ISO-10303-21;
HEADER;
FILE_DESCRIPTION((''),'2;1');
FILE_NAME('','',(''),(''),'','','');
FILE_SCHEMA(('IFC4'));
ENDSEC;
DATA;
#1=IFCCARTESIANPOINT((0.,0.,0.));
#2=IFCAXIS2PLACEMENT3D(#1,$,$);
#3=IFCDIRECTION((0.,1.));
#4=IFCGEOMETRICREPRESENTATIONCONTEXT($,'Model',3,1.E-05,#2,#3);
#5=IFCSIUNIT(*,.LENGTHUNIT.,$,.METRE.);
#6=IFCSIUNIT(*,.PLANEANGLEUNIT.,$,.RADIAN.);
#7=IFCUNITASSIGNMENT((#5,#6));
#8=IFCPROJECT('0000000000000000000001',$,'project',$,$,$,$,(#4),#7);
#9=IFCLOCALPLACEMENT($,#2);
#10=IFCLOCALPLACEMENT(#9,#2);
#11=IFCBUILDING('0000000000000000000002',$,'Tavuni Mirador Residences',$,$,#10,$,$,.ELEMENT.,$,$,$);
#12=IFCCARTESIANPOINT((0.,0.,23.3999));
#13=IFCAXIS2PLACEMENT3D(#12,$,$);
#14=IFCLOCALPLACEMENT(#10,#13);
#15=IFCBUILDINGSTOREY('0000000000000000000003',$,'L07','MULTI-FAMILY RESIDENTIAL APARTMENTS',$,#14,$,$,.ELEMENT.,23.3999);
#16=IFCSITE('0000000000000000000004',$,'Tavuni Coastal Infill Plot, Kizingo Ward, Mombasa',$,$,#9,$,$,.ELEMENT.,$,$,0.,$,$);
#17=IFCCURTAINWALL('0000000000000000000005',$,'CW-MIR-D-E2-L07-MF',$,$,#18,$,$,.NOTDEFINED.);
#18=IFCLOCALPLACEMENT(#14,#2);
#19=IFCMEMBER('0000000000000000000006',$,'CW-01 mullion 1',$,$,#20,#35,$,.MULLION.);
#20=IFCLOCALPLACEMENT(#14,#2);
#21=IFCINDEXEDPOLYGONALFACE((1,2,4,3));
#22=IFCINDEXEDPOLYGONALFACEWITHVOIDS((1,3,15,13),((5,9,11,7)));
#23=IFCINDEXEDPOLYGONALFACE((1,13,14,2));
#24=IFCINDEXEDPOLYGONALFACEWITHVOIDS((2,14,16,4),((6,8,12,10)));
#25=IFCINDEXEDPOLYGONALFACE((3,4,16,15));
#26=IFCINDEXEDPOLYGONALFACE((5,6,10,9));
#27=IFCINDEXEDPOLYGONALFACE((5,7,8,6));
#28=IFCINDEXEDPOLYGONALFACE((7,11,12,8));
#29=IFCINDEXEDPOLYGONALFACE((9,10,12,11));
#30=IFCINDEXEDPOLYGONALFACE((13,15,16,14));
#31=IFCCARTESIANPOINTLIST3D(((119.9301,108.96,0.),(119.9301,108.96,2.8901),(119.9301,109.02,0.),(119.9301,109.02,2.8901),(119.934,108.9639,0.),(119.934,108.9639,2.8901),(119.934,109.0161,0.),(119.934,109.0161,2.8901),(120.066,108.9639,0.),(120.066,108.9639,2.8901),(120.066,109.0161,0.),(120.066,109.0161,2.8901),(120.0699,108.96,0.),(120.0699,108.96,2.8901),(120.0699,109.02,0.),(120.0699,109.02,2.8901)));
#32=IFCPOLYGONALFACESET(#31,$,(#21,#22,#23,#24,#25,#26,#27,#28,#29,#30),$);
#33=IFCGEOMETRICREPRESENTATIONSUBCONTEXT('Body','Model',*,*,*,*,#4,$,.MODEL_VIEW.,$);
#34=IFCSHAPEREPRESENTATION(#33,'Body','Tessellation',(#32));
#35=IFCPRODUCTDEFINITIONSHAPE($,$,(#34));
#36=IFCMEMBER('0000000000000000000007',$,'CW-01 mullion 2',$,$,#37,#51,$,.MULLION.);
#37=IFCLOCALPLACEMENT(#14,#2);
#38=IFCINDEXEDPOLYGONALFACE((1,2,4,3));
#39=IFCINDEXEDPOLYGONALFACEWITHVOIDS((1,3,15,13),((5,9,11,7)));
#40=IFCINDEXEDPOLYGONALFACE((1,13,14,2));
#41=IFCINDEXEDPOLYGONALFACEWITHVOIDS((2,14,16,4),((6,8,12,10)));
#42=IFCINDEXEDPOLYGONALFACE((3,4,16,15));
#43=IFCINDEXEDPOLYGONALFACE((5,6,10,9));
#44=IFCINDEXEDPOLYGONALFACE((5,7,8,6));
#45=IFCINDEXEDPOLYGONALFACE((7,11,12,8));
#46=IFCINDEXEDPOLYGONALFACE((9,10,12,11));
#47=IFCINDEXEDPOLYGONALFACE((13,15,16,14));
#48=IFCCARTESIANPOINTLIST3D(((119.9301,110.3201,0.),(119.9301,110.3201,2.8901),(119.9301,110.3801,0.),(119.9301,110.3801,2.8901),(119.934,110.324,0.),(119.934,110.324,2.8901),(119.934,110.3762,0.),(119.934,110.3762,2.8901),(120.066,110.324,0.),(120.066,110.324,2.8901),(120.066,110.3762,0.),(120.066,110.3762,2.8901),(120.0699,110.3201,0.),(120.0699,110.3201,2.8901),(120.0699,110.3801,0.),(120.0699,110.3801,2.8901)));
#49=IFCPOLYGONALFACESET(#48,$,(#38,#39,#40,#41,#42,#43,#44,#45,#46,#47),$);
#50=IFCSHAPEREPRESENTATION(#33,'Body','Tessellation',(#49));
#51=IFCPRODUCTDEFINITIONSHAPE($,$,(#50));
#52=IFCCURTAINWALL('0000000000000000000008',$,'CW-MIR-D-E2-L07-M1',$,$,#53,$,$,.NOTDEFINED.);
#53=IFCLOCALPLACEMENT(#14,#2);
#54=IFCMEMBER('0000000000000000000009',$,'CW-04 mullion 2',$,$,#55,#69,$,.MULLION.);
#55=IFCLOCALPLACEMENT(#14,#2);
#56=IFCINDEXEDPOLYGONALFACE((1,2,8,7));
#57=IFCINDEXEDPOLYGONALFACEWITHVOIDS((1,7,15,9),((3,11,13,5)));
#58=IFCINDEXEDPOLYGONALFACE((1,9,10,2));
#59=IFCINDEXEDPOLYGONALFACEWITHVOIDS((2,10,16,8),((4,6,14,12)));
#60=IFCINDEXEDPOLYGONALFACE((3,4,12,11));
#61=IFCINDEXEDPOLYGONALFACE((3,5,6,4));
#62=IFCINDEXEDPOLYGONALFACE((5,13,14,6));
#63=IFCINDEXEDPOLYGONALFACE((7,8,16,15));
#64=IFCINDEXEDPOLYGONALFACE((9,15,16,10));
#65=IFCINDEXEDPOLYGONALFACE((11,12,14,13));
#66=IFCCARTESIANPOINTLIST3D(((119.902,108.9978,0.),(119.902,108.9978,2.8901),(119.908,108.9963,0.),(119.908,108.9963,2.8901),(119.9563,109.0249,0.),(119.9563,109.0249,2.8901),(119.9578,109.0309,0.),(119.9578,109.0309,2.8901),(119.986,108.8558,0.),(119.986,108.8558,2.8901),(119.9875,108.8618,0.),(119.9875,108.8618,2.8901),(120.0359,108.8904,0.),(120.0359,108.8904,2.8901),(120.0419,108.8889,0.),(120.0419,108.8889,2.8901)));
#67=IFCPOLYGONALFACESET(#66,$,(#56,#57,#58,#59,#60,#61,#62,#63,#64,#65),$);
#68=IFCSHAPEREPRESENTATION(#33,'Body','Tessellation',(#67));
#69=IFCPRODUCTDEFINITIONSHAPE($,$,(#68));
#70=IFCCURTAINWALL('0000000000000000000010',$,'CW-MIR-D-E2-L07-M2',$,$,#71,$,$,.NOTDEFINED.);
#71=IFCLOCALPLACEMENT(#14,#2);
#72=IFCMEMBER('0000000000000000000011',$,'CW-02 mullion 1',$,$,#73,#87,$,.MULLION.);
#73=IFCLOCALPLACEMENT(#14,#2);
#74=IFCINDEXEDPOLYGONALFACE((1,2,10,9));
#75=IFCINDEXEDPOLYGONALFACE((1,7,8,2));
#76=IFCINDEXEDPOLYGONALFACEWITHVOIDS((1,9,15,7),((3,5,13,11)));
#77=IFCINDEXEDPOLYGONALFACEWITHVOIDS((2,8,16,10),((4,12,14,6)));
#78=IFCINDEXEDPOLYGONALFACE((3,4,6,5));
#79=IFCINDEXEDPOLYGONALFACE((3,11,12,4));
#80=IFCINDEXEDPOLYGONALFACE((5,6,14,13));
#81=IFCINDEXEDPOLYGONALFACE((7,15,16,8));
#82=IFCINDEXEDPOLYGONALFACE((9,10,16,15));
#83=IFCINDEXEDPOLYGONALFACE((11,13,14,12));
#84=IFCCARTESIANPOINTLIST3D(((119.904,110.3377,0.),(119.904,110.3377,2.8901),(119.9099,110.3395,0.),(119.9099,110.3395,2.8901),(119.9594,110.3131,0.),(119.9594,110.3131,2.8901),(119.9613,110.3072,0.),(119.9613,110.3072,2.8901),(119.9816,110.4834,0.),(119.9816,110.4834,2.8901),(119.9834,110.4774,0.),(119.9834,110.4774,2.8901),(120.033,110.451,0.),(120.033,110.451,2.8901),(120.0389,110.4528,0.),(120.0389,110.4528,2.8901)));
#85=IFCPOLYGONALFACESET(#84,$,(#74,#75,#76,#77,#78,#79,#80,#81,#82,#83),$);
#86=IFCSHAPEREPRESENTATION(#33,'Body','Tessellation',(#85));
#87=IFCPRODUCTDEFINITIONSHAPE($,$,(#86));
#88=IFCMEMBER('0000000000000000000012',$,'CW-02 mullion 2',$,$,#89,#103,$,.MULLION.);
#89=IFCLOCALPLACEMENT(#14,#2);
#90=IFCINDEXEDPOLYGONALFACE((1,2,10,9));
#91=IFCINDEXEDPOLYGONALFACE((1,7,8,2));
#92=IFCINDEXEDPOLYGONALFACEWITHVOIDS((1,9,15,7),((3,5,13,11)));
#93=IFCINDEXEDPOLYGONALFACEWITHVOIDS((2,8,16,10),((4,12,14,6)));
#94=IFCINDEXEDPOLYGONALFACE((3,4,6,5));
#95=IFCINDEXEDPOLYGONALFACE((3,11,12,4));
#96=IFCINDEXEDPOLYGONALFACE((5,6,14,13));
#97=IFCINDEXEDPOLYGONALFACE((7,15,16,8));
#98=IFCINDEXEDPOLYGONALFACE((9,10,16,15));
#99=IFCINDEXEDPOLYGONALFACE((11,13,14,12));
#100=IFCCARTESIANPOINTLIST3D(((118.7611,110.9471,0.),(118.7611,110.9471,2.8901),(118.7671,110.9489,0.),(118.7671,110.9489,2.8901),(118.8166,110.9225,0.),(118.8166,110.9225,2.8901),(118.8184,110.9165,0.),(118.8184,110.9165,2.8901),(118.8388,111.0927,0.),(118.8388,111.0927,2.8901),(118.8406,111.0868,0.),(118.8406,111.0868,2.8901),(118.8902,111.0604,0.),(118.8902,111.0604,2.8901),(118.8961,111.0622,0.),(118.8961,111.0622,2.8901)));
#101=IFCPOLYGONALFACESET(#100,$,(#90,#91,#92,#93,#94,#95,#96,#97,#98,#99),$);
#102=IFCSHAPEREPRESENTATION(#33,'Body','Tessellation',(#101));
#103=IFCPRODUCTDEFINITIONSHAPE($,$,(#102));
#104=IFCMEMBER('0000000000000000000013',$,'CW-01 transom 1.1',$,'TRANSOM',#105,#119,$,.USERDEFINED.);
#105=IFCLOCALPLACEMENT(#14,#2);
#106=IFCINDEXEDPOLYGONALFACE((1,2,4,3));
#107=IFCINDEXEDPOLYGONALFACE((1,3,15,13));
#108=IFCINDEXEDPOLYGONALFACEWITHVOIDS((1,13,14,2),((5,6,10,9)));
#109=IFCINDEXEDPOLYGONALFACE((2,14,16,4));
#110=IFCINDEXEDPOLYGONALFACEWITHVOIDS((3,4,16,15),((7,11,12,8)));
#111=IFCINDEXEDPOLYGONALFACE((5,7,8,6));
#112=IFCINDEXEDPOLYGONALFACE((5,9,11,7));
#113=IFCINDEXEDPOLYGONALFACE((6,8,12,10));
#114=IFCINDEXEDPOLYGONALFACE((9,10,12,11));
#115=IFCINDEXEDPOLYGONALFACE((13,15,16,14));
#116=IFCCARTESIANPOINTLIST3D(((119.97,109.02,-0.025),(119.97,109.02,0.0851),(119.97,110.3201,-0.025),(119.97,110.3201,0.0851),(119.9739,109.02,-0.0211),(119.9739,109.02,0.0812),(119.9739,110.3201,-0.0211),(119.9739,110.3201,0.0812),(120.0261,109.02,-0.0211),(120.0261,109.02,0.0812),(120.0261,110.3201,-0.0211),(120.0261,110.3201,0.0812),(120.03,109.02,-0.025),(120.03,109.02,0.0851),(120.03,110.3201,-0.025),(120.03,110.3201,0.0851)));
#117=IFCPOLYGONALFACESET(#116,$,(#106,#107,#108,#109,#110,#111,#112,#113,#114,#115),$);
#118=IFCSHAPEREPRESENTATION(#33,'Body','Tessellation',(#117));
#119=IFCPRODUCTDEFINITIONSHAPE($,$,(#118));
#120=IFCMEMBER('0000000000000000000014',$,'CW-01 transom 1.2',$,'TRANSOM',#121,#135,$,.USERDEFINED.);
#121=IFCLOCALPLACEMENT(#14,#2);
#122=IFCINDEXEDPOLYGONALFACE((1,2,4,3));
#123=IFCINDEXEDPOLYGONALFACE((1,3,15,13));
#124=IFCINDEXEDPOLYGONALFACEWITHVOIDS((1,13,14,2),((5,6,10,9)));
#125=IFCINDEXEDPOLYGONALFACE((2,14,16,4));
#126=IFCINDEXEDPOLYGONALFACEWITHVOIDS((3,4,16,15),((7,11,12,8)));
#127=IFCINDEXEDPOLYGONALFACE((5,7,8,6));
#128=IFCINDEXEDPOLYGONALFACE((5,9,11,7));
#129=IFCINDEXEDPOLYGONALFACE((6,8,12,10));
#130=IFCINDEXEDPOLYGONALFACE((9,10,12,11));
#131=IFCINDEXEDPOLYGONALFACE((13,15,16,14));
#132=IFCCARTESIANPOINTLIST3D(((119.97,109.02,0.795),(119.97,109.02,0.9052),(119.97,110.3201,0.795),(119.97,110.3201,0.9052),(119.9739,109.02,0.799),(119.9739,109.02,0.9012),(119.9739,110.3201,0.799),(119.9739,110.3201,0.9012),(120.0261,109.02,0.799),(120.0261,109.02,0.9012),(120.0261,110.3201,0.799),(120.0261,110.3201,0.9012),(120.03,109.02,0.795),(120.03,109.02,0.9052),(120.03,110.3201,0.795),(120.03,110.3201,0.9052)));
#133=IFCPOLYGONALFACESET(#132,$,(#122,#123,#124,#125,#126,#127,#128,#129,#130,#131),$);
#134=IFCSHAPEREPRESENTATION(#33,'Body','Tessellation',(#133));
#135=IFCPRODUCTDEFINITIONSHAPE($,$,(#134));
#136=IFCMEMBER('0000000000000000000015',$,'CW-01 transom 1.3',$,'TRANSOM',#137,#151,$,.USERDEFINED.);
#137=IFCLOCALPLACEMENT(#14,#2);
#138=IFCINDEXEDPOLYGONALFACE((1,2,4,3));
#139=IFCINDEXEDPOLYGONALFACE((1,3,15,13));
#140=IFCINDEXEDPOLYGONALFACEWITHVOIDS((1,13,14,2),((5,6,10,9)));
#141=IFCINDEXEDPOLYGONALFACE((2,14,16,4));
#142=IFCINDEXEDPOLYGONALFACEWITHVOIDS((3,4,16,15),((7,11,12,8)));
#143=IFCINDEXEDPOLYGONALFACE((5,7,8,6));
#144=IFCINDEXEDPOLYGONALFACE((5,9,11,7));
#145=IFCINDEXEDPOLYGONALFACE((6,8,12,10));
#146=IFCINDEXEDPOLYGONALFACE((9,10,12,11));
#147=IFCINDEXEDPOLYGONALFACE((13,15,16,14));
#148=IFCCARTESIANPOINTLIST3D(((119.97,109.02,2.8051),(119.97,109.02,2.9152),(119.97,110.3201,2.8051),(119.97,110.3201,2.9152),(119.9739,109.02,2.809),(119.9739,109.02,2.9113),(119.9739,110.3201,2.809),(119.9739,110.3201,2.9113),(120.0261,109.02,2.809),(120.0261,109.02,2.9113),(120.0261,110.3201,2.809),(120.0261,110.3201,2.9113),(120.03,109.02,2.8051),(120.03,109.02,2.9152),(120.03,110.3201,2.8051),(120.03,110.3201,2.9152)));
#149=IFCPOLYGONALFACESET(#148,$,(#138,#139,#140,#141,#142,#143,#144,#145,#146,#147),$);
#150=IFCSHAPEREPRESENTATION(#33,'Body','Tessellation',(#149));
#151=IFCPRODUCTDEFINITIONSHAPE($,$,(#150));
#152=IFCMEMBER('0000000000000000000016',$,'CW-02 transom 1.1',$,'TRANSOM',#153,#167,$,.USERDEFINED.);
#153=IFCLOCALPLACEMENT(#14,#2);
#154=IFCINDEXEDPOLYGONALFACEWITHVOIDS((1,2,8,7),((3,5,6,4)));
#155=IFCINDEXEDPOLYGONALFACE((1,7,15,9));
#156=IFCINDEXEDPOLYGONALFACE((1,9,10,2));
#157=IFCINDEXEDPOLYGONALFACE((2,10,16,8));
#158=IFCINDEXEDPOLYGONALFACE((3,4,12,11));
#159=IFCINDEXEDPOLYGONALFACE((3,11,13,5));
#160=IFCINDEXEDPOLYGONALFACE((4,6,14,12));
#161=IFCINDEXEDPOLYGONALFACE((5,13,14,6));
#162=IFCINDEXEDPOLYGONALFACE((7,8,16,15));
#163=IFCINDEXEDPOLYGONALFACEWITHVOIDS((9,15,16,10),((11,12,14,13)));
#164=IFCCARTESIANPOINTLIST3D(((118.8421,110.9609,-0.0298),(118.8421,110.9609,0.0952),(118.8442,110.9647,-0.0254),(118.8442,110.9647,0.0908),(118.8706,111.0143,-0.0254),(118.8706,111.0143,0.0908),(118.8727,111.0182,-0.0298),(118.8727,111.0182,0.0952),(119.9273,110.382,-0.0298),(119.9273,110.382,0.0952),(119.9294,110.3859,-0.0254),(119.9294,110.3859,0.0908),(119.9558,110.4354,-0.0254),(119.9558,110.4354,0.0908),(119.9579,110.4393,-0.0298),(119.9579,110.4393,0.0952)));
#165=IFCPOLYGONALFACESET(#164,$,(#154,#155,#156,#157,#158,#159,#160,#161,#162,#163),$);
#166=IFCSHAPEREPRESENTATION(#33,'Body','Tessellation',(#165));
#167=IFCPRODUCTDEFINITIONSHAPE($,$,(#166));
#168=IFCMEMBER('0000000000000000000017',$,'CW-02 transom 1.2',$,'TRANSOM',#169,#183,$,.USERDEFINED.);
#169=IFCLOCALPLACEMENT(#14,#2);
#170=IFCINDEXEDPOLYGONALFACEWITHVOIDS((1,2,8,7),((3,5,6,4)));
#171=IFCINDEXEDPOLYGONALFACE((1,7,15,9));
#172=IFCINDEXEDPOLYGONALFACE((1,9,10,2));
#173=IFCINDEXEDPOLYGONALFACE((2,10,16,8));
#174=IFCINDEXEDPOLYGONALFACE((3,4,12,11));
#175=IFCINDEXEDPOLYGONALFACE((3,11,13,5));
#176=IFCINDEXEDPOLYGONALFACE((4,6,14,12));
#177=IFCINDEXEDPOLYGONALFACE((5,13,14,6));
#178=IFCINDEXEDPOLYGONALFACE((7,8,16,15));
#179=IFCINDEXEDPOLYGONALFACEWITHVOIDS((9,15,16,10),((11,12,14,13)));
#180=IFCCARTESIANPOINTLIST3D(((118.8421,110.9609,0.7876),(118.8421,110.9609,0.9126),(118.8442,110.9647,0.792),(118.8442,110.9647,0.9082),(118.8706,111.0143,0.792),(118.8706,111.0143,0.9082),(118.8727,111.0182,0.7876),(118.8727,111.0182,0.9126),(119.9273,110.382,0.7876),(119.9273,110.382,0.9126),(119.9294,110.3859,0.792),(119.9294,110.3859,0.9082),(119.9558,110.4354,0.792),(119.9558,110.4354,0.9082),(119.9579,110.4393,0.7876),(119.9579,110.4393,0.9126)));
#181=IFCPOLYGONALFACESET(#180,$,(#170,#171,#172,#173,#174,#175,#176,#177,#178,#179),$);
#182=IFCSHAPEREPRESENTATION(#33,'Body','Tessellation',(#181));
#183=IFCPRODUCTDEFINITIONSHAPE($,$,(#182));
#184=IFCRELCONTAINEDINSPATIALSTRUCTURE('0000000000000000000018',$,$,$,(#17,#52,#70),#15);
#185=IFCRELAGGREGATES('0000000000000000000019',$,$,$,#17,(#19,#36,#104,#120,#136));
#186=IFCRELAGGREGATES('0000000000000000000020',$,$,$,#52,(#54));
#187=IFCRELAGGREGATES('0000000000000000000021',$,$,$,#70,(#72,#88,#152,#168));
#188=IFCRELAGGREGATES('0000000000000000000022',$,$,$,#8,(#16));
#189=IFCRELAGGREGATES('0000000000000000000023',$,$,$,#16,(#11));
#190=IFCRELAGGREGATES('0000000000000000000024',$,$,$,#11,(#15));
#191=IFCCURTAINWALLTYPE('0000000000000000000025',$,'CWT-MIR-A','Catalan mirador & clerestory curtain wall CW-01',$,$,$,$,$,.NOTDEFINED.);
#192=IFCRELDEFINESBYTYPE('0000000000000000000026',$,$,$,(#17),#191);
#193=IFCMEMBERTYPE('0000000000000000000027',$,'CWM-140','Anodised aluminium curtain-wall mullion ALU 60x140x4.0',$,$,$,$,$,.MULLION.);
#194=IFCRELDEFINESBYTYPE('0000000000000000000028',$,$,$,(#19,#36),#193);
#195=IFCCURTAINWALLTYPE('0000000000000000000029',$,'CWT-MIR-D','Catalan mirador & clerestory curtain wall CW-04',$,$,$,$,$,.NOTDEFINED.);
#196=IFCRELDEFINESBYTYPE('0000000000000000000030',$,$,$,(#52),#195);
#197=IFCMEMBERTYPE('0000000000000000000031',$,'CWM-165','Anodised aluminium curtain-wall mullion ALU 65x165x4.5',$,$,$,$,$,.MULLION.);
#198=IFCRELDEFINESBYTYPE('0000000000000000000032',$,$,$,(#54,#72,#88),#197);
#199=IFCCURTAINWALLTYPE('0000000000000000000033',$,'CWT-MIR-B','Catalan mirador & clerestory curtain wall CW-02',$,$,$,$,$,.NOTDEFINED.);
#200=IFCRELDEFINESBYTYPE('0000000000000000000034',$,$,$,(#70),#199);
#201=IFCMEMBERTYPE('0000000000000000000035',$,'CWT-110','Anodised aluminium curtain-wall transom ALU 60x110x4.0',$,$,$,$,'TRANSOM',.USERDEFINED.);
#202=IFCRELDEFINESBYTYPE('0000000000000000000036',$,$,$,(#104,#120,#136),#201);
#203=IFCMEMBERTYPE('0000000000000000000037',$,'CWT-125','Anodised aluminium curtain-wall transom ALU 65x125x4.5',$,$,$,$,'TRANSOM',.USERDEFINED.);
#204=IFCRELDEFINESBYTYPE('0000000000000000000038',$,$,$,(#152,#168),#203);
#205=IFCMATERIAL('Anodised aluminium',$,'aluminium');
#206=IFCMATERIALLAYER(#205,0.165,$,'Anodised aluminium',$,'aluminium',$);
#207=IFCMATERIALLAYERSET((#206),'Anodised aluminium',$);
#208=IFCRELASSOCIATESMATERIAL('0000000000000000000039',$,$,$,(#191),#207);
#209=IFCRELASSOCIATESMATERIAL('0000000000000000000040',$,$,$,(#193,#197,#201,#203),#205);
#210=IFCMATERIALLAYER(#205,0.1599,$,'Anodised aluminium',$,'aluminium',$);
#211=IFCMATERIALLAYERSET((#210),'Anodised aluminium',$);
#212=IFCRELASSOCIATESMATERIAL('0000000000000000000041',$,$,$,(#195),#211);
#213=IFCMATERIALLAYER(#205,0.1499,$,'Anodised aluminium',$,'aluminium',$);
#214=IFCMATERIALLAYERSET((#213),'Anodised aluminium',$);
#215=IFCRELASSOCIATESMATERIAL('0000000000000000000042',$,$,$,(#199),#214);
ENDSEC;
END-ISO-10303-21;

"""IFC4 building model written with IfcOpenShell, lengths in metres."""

from ifc_helpers import new_model, si_unit, direction, frame, origin, origin_2d, place, context, subcontext, project, spatial, hollow_rectangle, extrude, material, layer, layer_set, material_profile, profile_set, type_object, element, aggregate, save


model = new_model("IFC4")

# Units and contexts
model_context = context("Model", 3, precision=1e-05, world=origin(), true_north=direction((0.0, 1.0)))
body_context = subcontext(model_context, "Body", "Model", "MODEL_VIEW")
ifc_project = project(units=[si_unit("LENGTHUNIT", "METRE"), si_unit("PLANEANGLEUNIT", "RADIAN")], contexts=[model_context])

# Site, building, storey
site_placement = place(None, origin())
site = spatial("IfcSite", under=ifc_project, at=site_placement, Name="Tavuni Coastal Infill Plot, Kizingo Ward, Mombasa", CompositionType="ELEMENT", RefElevation=0.0)
building_placement = place(site_placement, origin())
building = spatial("IfcBuilding", under=site, at=building_placement, Name="Tavuni Mirador Residences", CompositionType="ELEMENT")
storey_placement = place(building_placement, frame((0.0, 0.0, 23.3999)))
storey = spatial("IfcBuildingStorey", under=building, at=storey_placement, Name="L07", Description="MULTI-FAMILY RESIDENTIAL APARTMENTS", CompositionType="ELEMENT", Elevation=23.3999)

# Curtain wall, members
ifc_material_1 = material(Name="Anodised aluminium", Category="aluminium")
ifc_layer_1 = layer(ifc_material_1, 0.165, Name="Anodised aluminium", Category="aluminium")
ifc_layer_set_1 = layer_set([ifc_layer_1], Name="Anodised aluminium")
curtain_wall_type_1 = type_object("IfcCurtainWallType", Name="CWT-MIR-A", Description="Catalan mirador & clerestory curtain wall CW-01", PredefinedType="NOTDEFINED", material=ifc_layer_set_1)
curtain_wall_1_placement = place(storey_placement, origin())
curtain_wall_1 = element("IfcCurtainWall", 1, at=curtain_wall_1_placement, inside=storey, type_object=curtain_wall_type_1, Name="CW-MIR-D-E2-L07-MF", PredefinedType="NOTDEFINED")
ifc_material_profile_1 = material_profile(ifc_material_1, hollow_rectangle(XDim=0.0601, YDim=0.1399, WallThickness=0.0039, at=origin_2d()), Name="ALU 60x140x4.0", Category="aluminium")
ifc_profile_set_1 = profile_set([ifc_material_profile_1], Name="Anodised aluminium")
member_type_1 = type_object("IfcMemberType", Name="CWM-140", Description="Anodised aluminium curtain-wall mullion ALU 60x140x4.0", PredefinedType="MULLION", material=ifc_profile_set_1)
member_1_placement = place(storey_placement, frame((120.0, 108.99, 0.0), z_axis=(0.0, 0.0, 1.0), x_axis=(0.0, 1.0, 0.0)))
member_1 = element("IfcMember", 2, at=member_1_placement, type_object=member_type_1, Name="CW-01 mullion 1", PredefinedType="MULLION", context=body_context, shape_type="SweptSolid", body=[
    extrude(hollow_rectangle(XDim=0.0601, YDim=0.1399, WallThickness=0.0039, at=origin_2d()), origin(), (0.0, 0.0, 1.0), 2.8901),
])
member_2_placement = place(storey_placement, frame((120.0, 110.3501, 0.0), z_axis=(0.0, 0.0, 1.0), x_axis=(0.0, 1.0, 0.0)))
member_2 = element("IfcMember", 3, at=member_2_placement, type_object=member_type_1, Name="CW-01 mullion 2", PredefinedType="MULLION", context=body_context, shape_type="SweptSolid", body=[
    extrude(hollow_rectangle(XDim=0.0601, YDim=0.1399, WallThickness=0.0039, at=origin_2d()), origin(), (0.0, 0.0, 1.0), 2.8901),
])

# Curtain wall, member
ifc_layer_2 = layer(ifc_material_1, 0.1599, Name="Anodised aluminium", Category="aluminium")
ifc_layer_set_2 = layer_set([ifc_layer_2], Name="Anodised aluminium")
curtain_wall_type_2 = type_object("IfcCurtainWallType", Name="CWT-MIR-D", Description="Catalan mirador & clerestory curtain wall CW-04", PredefinedType="NOTDEFINED", material=ifc_layer_set_2)
curtain_wall_2_placement = place(storey_placement, origin())
curtain_wall_2 = element("IfcCurtainWall", 4, at=curtain_wall_2_placement, inside=storey, type_object=curtain_wall_type_2, Name="CW-MIR-D-E2-L07-M1", PredefinedType="NOTDEFINED")
ifc_material_profile_2 = material_profile(ifc_material_1, hollow_rectangle(XDim=0.0649, YDim=0.165, WallThickness=0.0044, at=origin_2d()), Name="ALU 65x165x4.5", Category="aluminium")
ifc_profile_set_2 = profile_set([ifc_material_profile_2], Name="Anodised aluminium")
member_type_2 = type_object("IfcMemberType", Name="CWM-165", Description="Anodised aluminium curtain-wall mullion ALU 65x165x4.5", PredefinedType="MULLION", material=ifc_profile_set_2)
member_3_placement = place(storey_placement, frame((119.9719, 108.9434, 0.0), z_axis=(0.0, 0.0, 1.0), x_axis=(0.860641, 0.509212, 0.0)))
member_3 = element("IfcMember", 5, at=member_3_placement, type_object=member_type_2, Name="CW-04 mullion 2", PredefinedType="MULLION", context=body_context, shape_type="SweptSolid", body=[
    extrude(hollow_rectangle(XDim=0.0649, YDim=0.165, WallThickness=0.0044, at=origin_2d()), origin(), (0.0, 0.0, 1.0), 2.8901),
])

# Curtain wall, members
ifc_layer_3 = layer(ifc_material_1, 0.1499, Name="Anodised aluminium", Category="aluminium")
ifc_layer_set_3 = layer_set([ifc_layer_3], Name="Anodised aluminium")
curtain_wall_type_3 = type_object("IfcCurtainWallType", Name="CWT-MIR-B", Description="Catalan mirador & clerestory curtain wall CW-02", PredefinedType="NOTDEFINED", material=ifc_layer_set_3)
curtain_wall_3_placement = place(storey_placement, origin())
curtain_wall_3 = element("IfcCurtainWall", 6, at=curtain_wall_3_placement, inside=storey, type_object=curtain_wall_type_3, Name="CW-MIR-D-E2-L07-M2", PredefinedType="NOTDEFINED")
member_4_placement = place(storey_placement, frame((119.9714, 110.3953, 0.0), z_axis=(0.0, 0.0, 1.0), x_axis=(-0.882353, 0.470588, 0.0)))
member_4 = element("IfcMember", 7, at=member_4_placement, type_object=member_type_2, Name="CW-02 mullion 1", PredefinedType="MULLION", context=body_context, shape_type="SweptSolid", body=[
    extrude(hollow_rectangle(XDim=0.0649, YDim=0.165, WallThickness=0.0044, at=origin_2d()), origin(), (0.0, 0.0, 1.0), 2.8901),
])
member_5_placement = place(storey_placement, frame((118.8286, 111.0046, 0.0), z_axis=(0.0, 0.0, 1.0), x_axis=(-0.882353, 0.470588, 0.0)))
member_5 = element("IfcMember", 8, at=member_5_placement, type_object=member_type_2, Name="CW-02 mullion 2", PredefinedType="MULLION", context=body_context, shape_type="SweptSolid", body=[
    extrude(hollow_rectangle(XDim=0.0649, YDim=0.165, WallThickness=0.0044, at=origin_2d()), origin(), (0.0, 0.0, 1.0), 2.8901),
])

# Members
ifc_material_profile_3 = material_profile(ifc_material_1, hollow_rectangle(XDim=0.0601, YDim=0.1101, WallThickness=0.0039, at=origin_2d()), Name="ALU 60x110x4.0", Category="aluminium")
ifc_profile_set_3 = profile_set([ifc_material_profile_3], Name="Anodised aluminium")
member_type_3 = type_object("IfcMemberType", Name="CWT-110", Description="Anodised aluminium curtain-wall transom ALU 60x110x4.0", ElementType="TRANSOM", PredefinedType="USERDEFINED", material=ifc_profile_set_3)
member_6_placement = place(storey_placement, frame((120.0, 109.02, 0.03), z_axis=(0.0, 1.0, 0.0), x_axis=(-1.0, 0.0, 0.0)))
member_6 = element("IfcMember", 9, at=member_6_placement, type_object=member_type_3, Name="CW-01 transom 1.1", ObjectType="TRANSOM", PredefinedType="USERDEFINED", context=body_context, shape_type="SweptSolid", body=[
    extrude(hollow_rectangle(XDim=0.0601, YDim=0.1101, WallThickness=0.0039, at=origin_2d()), origin(), (0.0, 0.0, 1.0), 1.3),
])
member_7_placement = place(storey_placement, frame((120.0, 109.02, 0.8501), z_axis=(0.0, 1.0, 0.0), x_axis=(-1.0, 0.0, 0.0)))
member_7 = element("IfcMember", 10, at=member_7_placement, type_object=member_type_3, Name="CW-01 transom 1.2", ObjectType="TRANSOM", PredefinedType="USERDEFINED", context=body_context, shape_type="SweptSolid", body=[
    extrude(hollow_rectangle(XDim=0.0601, YDim=0.1101, WallThickness=0.0039, at=origin_2d()), origin(), (0.0, 0.0, 1.0), 1.3),
])
member_8_placement = place(storey_placement, frame((120.0, 109.02, 2.8601), z_axis=(0.0, 1.0, 0.0), x_axis=(-1.0, 0.0, 0.0)))
member_8 = element("IfcMember", 11, at=member_8_placement, type_object=member_type_3, Name="CW-01 transom 1.3", ObjectType="TRANSOM", PredefinedType="USERDEFINED", context=body_context, shape_type="SweptSolid", body=[
    extrude(hollow_rectangle(XDim=0.0601, YDim=0.1101, WallThickness=0.0039, at=origin_2d()), origin(), (0.0, 0.0, 1.0), 1.3),
])
ifc_material_profile_4 = material_profile(ifc_material_1, hollow_rectangle(XDim=0.0649, YDim=0.125, WallThickness=0.0044, at=origin_2d()), Name="ALU 65x125x4.5", Category="aluminium")
ifc_profile_set_4 = profile_set([ifc_material_profile_4], Name="Anodised aluminium")
member_type_4 = type_object("IfcMemberType", Name="CWT-125", Description="Anodised aluminium curtain-wall transom ALU 65x125x4.5", ElementType="TRANSOM", PredefinedType="USERDEFINED", material=ifc_profile_set_4)
member_9_placement = place(storey_placement, frame((119.9426, 110.4106, 0.0327), z_axis=(-0.882325, 0.47064, 0.0), x_axis=(-0.47064, -0.882325, 0.0)))
member_9 = element("IfcMember", 12, at=member_9_placement, type_object=member_type_4, Name="CW-02 transom 1.1", ObjectType="TRANSOM", PredefinedType="USERDEFINED", context=body_context, shape_type="SweptSolid", body=[
    extrude(hollow_rectangle(XDim=0.0649, YDim=0.125, WallThickness=0.0044, at=origin_2d()), origin(), (0.0, 0.0, 1.0), 1.23),
])
member_10_placement = place(storey_placement, frame((119.9426, 110.4106, 0.8501), z_axis=(-0.882325, 0.47064, 0.0), x_axis=(-0.47064, -0.882325, 0.0)))
member_10 = element("IfcMember", 13, at=member_10_placement, type_object=member_type_4, Name="CW-02 transom 1.2", ObjectType="TRANSOM", PredefinedType="USERDEFINED", context=body_context, shape_type="SweptSolid", body=[
    extrude(hollow_rectangle(XDim=0.0649, YDim=0.125, WallThickness=0.0044, at=origin_2d()), origin(), (0.0, 0.0, 1.0), 1.23),
])

aggregate(curtain_wall_1, [member_1, member_2, member_6, member_7, member_8])
aggregate(curtain_wall_2, [member_3])
aggregate(curtain_wall_3, [member_4, member_5, member_9, member_10])

save(model, "model.ifc")
